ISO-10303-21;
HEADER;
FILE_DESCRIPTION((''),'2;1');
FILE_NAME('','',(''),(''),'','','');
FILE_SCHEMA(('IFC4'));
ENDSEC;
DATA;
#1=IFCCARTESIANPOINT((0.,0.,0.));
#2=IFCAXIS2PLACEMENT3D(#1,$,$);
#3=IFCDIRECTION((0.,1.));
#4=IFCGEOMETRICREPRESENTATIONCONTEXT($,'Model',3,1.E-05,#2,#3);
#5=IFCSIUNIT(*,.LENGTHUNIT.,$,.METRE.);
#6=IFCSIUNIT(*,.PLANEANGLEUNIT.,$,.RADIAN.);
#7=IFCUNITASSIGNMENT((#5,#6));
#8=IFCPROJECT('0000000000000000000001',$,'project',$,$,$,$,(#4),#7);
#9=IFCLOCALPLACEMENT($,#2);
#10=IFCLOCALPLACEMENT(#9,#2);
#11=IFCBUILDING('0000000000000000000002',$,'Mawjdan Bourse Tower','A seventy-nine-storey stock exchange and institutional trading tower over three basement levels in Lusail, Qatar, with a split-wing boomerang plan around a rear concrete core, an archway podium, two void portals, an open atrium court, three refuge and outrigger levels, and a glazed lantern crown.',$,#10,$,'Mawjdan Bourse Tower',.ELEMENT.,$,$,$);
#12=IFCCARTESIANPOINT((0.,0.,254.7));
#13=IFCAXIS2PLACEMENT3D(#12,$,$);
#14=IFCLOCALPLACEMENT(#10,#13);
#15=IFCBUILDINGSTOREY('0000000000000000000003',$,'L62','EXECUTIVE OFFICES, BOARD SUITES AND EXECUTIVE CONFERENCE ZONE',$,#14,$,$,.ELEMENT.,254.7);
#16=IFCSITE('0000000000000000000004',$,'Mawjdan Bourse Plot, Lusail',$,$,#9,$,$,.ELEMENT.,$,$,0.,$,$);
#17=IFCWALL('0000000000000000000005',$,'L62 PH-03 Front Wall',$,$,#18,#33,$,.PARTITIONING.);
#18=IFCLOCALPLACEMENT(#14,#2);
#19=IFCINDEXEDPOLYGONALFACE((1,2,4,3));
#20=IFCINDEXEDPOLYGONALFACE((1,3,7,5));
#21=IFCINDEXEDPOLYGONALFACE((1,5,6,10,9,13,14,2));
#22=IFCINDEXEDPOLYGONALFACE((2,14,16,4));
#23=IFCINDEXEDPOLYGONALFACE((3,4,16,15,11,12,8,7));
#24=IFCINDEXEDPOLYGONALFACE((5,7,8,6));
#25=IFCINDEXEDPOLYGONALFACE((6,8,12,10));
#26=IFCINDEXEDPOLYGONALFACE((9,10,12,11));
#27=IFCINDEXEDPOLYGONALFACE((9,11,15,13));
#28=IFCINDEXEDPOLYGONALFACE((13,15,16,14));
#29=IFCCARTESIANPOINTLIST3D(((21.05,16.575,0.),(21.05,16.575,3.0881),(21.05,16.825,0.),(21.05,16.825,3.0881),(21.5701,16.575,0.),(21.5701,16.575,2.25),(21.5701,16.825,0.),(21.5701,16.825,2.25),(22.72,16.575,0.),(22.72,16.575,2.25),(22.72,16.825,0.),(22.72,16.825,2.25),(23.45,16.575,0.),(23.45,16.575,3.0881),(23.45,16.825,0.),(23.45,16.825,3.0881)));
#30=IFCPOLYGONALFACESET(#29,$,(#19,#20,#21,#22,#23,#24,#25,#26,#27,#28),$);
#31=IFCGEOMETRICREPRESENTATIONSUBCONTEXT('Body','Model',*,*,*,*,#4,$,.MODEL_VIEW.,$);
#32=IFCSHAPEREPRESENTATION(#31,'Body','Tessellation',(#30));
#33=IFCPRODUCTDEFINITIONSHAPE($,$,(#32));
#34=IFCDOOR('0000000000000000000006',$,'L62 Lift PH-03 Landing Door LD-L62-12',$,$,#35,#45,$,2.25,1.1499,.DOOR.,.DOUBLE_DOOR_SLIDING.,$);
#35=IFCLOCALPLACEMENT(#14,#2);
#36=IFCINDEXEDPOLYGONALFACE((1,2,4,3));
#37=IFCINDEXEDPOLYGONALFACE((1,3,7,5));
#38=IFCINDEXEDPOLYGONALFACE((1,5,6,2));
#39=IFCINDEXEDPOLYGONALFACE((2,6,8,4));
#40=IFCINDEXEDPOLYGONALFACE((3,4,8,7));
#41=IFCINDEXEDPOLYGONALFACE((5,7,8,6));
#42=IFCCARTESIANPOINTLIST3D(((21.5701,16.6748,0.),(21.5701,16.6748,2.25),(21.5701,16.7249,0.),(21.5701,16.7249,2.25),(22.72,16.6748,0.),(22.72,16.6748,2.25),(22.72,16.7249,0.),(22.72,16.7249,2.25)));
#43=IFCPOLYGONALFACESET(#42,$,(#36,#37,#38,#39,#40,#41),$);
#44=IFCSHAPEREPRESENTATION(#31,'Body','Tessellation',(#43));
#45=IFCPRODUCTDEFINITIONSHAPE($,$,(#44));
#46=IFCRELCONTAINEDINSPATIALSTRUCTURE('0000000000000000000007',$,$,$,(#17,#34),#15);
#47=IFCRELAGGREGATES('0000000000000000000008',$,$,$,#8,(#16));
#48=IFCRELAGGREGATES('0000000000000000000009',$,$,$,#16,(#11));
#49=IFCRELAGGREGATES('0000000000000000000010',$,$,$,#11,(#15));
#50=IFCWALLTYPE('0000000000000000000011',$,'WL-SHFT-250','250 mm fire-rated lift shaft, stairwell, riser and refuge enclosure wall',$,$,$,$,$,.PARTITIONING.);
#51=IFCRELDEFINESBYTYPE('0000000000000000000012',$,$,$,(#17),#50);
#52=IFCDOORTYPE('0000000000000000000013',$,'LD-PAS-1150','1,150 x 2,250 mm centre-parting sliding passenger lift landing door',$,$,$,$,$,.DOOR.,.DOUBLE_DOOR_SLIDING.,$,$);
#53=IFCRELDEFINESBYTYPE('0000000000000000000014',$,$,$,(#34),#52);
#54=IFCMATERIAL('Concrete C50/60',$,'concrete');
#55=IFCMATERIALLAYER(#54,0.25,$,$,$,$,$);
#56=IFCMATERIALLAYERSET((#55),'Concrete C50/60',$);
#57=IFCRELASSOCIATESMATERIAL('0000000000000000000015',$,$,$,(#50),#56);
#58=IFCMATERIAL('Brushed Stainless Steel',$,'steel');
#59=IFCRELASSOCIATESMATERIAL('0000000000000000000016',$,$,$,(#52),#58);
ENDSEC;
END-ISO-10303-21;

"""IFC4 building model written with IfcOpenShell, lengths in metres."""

from ifc_helpers import new_model, si_unit, direction, frame, frame_2d, origin, place, context, subcontext, project, spatial, rectangle, extrude, material, layer, layer_set, type_object, element, fill, save


model = new_model("IFC4")

# Units and contexts
model_context = context("Model", 3, precision=1e-05, world=origin(), true_north=direction((0.0, 1.0)))
body_context = subcontext(model_context, "Body", "Model", "MODEL_VIEW")
ifc_project = project(units=[si_unit("LENGTHUNIT", "METRE"), si_unit("PLANEANGLEUNIT", "RADIAN")], contexts=[model_context])

# Site, building, storey
site_placement = place(None, origin())
site = spatial("IfcSite", under=ifc_project, at=site_placement, Name="Mawjdan Bourse Plot, Lusail", CompositionType="ELEMENT", RefElevation=0.0)
building_placement = place(site_placement, origin())
building = spatial("IfcBuilding", under=site, at=building_placement, Name="Mawjdan Bourse Tower", Description="A seventy-nine-storey stock exchange and institutional trading tower over three basement levels in Lusail, Qatar, with a split-wing boomerang plan around a rear concrete core, an archway podium, two void portals, an open atrium court, three refuge and outrigger levels, and a glazed lantern crown.", LongName="Mawjdan Bourse Tower", CompositionType="ELEMENT")
storey_placement = place(building_placement, frame((0.0, 0.0, 254.7)))
storey = spatial("IfcBuildingStorey", under=building, at=storey_placement, Name="L62", Description="EXECUTIVE OFFICES, BOARD SUITES AND EXECUTIVE CONFERENCE ZONE", CompositionType="ELEMENT", Elevation=254.7)

# Wall, opening, door
ifc_material_1 = material(Name="Concrete C50/60", Category="concrete")
ifc_layer_1 = layer(ifc_material_1, 0.25)
ifc_layer_set_1 = layer_set([ifc_layer_1], Name="Concrete C50/60")
wall_type_1 = type_object("IfcWallType", Name="WL-SHFT-250", Description="250 mm fire-rated lift shaft, stairwell, riser and refuge enclosure wall", PredefinedType="PARTITIONING", material=ifc_layer_set_1)
wall_1_placement = place(storey_placement, frame((21.05, 16.7, 0.0), z_axis=(0.0, 0.0, 1.0), x_axis=(1.0, 0.0, 0.0)))
wall_1 = element("IfcWall", 1, at=wall_1_placement, inside=storey, type_object=wall_type_1, Name="L62 PH-03 Front Wall", PredefinedType="PARTITIONING", context=body_context, shape_type="SweptSolid", body=[
    extrude(rectangle(XDim=2.3999, YDim=0.25, at=frame_2d((1.2, 0.0))), origin(), (0.0, 0.0, 1.0), 3.0881),
])
opening_1_placement = place(wall_1_placement, frame((0.52, 0.0, 0.0)))
opening_1 = element("IfcOpeningElement", 2, at=opening_1_placement, cuts=wall_1, PredefinedType="OPENING", context=body_context, shape_type="SweptSolid", body=[
    extrude(rectangle(XDim=1.1499, YDim=2.25, at=frame_2d((0.575, 1.125))), frame((0.0, 0.135, 0.0), z_axis=(0.0, -1.0, 0.0), x_axis=(1.0, 0.0, 0.0)), (0.0, 0.0, 1.0), 0.27),
])
ifc_material_2 = material(Name="Brushed Stainless Steel", Category="steel")
door_type_1 = type_object("IfcDoorType", Name="LD-PAS-1150", Description="1,150 x 2,250 mm centre-parting sliding passenger lift landing door", OperationType="DOUBLE_DOOR_SLIDING", PredefinedType="DOOR", material=ifc_material_2)
door_1_placement = place(opening_1_placement, origin())
door_1 = element("IfcDoor", 3, at=door_1_placement, inside=storey, type_object=door_type_1, Name="L62 Lift PH-03 Landing Door LD-L62-12", OperationType="DOUBLE_DOOR_SLIDING", OverallHeight=2.25, OverallWidth=1.1499, PredefinedType="DOOR", context=body_context, shape_type="SweptSolid", body=[
    extrude(rectangle(XDim=1.1499, YDim=2.25, at=frame_2d((0.575, 1.125))), frame((0.0, 0.0249, 0.0), z_axis=(0.0, -1.0, 0.0), x_axis=(1.0, 0.0, 0.0)), (0.0, 0.0, 1.0), 0.05),
])
fill(opening_1, door_1)

save(model, "model.ifc")
